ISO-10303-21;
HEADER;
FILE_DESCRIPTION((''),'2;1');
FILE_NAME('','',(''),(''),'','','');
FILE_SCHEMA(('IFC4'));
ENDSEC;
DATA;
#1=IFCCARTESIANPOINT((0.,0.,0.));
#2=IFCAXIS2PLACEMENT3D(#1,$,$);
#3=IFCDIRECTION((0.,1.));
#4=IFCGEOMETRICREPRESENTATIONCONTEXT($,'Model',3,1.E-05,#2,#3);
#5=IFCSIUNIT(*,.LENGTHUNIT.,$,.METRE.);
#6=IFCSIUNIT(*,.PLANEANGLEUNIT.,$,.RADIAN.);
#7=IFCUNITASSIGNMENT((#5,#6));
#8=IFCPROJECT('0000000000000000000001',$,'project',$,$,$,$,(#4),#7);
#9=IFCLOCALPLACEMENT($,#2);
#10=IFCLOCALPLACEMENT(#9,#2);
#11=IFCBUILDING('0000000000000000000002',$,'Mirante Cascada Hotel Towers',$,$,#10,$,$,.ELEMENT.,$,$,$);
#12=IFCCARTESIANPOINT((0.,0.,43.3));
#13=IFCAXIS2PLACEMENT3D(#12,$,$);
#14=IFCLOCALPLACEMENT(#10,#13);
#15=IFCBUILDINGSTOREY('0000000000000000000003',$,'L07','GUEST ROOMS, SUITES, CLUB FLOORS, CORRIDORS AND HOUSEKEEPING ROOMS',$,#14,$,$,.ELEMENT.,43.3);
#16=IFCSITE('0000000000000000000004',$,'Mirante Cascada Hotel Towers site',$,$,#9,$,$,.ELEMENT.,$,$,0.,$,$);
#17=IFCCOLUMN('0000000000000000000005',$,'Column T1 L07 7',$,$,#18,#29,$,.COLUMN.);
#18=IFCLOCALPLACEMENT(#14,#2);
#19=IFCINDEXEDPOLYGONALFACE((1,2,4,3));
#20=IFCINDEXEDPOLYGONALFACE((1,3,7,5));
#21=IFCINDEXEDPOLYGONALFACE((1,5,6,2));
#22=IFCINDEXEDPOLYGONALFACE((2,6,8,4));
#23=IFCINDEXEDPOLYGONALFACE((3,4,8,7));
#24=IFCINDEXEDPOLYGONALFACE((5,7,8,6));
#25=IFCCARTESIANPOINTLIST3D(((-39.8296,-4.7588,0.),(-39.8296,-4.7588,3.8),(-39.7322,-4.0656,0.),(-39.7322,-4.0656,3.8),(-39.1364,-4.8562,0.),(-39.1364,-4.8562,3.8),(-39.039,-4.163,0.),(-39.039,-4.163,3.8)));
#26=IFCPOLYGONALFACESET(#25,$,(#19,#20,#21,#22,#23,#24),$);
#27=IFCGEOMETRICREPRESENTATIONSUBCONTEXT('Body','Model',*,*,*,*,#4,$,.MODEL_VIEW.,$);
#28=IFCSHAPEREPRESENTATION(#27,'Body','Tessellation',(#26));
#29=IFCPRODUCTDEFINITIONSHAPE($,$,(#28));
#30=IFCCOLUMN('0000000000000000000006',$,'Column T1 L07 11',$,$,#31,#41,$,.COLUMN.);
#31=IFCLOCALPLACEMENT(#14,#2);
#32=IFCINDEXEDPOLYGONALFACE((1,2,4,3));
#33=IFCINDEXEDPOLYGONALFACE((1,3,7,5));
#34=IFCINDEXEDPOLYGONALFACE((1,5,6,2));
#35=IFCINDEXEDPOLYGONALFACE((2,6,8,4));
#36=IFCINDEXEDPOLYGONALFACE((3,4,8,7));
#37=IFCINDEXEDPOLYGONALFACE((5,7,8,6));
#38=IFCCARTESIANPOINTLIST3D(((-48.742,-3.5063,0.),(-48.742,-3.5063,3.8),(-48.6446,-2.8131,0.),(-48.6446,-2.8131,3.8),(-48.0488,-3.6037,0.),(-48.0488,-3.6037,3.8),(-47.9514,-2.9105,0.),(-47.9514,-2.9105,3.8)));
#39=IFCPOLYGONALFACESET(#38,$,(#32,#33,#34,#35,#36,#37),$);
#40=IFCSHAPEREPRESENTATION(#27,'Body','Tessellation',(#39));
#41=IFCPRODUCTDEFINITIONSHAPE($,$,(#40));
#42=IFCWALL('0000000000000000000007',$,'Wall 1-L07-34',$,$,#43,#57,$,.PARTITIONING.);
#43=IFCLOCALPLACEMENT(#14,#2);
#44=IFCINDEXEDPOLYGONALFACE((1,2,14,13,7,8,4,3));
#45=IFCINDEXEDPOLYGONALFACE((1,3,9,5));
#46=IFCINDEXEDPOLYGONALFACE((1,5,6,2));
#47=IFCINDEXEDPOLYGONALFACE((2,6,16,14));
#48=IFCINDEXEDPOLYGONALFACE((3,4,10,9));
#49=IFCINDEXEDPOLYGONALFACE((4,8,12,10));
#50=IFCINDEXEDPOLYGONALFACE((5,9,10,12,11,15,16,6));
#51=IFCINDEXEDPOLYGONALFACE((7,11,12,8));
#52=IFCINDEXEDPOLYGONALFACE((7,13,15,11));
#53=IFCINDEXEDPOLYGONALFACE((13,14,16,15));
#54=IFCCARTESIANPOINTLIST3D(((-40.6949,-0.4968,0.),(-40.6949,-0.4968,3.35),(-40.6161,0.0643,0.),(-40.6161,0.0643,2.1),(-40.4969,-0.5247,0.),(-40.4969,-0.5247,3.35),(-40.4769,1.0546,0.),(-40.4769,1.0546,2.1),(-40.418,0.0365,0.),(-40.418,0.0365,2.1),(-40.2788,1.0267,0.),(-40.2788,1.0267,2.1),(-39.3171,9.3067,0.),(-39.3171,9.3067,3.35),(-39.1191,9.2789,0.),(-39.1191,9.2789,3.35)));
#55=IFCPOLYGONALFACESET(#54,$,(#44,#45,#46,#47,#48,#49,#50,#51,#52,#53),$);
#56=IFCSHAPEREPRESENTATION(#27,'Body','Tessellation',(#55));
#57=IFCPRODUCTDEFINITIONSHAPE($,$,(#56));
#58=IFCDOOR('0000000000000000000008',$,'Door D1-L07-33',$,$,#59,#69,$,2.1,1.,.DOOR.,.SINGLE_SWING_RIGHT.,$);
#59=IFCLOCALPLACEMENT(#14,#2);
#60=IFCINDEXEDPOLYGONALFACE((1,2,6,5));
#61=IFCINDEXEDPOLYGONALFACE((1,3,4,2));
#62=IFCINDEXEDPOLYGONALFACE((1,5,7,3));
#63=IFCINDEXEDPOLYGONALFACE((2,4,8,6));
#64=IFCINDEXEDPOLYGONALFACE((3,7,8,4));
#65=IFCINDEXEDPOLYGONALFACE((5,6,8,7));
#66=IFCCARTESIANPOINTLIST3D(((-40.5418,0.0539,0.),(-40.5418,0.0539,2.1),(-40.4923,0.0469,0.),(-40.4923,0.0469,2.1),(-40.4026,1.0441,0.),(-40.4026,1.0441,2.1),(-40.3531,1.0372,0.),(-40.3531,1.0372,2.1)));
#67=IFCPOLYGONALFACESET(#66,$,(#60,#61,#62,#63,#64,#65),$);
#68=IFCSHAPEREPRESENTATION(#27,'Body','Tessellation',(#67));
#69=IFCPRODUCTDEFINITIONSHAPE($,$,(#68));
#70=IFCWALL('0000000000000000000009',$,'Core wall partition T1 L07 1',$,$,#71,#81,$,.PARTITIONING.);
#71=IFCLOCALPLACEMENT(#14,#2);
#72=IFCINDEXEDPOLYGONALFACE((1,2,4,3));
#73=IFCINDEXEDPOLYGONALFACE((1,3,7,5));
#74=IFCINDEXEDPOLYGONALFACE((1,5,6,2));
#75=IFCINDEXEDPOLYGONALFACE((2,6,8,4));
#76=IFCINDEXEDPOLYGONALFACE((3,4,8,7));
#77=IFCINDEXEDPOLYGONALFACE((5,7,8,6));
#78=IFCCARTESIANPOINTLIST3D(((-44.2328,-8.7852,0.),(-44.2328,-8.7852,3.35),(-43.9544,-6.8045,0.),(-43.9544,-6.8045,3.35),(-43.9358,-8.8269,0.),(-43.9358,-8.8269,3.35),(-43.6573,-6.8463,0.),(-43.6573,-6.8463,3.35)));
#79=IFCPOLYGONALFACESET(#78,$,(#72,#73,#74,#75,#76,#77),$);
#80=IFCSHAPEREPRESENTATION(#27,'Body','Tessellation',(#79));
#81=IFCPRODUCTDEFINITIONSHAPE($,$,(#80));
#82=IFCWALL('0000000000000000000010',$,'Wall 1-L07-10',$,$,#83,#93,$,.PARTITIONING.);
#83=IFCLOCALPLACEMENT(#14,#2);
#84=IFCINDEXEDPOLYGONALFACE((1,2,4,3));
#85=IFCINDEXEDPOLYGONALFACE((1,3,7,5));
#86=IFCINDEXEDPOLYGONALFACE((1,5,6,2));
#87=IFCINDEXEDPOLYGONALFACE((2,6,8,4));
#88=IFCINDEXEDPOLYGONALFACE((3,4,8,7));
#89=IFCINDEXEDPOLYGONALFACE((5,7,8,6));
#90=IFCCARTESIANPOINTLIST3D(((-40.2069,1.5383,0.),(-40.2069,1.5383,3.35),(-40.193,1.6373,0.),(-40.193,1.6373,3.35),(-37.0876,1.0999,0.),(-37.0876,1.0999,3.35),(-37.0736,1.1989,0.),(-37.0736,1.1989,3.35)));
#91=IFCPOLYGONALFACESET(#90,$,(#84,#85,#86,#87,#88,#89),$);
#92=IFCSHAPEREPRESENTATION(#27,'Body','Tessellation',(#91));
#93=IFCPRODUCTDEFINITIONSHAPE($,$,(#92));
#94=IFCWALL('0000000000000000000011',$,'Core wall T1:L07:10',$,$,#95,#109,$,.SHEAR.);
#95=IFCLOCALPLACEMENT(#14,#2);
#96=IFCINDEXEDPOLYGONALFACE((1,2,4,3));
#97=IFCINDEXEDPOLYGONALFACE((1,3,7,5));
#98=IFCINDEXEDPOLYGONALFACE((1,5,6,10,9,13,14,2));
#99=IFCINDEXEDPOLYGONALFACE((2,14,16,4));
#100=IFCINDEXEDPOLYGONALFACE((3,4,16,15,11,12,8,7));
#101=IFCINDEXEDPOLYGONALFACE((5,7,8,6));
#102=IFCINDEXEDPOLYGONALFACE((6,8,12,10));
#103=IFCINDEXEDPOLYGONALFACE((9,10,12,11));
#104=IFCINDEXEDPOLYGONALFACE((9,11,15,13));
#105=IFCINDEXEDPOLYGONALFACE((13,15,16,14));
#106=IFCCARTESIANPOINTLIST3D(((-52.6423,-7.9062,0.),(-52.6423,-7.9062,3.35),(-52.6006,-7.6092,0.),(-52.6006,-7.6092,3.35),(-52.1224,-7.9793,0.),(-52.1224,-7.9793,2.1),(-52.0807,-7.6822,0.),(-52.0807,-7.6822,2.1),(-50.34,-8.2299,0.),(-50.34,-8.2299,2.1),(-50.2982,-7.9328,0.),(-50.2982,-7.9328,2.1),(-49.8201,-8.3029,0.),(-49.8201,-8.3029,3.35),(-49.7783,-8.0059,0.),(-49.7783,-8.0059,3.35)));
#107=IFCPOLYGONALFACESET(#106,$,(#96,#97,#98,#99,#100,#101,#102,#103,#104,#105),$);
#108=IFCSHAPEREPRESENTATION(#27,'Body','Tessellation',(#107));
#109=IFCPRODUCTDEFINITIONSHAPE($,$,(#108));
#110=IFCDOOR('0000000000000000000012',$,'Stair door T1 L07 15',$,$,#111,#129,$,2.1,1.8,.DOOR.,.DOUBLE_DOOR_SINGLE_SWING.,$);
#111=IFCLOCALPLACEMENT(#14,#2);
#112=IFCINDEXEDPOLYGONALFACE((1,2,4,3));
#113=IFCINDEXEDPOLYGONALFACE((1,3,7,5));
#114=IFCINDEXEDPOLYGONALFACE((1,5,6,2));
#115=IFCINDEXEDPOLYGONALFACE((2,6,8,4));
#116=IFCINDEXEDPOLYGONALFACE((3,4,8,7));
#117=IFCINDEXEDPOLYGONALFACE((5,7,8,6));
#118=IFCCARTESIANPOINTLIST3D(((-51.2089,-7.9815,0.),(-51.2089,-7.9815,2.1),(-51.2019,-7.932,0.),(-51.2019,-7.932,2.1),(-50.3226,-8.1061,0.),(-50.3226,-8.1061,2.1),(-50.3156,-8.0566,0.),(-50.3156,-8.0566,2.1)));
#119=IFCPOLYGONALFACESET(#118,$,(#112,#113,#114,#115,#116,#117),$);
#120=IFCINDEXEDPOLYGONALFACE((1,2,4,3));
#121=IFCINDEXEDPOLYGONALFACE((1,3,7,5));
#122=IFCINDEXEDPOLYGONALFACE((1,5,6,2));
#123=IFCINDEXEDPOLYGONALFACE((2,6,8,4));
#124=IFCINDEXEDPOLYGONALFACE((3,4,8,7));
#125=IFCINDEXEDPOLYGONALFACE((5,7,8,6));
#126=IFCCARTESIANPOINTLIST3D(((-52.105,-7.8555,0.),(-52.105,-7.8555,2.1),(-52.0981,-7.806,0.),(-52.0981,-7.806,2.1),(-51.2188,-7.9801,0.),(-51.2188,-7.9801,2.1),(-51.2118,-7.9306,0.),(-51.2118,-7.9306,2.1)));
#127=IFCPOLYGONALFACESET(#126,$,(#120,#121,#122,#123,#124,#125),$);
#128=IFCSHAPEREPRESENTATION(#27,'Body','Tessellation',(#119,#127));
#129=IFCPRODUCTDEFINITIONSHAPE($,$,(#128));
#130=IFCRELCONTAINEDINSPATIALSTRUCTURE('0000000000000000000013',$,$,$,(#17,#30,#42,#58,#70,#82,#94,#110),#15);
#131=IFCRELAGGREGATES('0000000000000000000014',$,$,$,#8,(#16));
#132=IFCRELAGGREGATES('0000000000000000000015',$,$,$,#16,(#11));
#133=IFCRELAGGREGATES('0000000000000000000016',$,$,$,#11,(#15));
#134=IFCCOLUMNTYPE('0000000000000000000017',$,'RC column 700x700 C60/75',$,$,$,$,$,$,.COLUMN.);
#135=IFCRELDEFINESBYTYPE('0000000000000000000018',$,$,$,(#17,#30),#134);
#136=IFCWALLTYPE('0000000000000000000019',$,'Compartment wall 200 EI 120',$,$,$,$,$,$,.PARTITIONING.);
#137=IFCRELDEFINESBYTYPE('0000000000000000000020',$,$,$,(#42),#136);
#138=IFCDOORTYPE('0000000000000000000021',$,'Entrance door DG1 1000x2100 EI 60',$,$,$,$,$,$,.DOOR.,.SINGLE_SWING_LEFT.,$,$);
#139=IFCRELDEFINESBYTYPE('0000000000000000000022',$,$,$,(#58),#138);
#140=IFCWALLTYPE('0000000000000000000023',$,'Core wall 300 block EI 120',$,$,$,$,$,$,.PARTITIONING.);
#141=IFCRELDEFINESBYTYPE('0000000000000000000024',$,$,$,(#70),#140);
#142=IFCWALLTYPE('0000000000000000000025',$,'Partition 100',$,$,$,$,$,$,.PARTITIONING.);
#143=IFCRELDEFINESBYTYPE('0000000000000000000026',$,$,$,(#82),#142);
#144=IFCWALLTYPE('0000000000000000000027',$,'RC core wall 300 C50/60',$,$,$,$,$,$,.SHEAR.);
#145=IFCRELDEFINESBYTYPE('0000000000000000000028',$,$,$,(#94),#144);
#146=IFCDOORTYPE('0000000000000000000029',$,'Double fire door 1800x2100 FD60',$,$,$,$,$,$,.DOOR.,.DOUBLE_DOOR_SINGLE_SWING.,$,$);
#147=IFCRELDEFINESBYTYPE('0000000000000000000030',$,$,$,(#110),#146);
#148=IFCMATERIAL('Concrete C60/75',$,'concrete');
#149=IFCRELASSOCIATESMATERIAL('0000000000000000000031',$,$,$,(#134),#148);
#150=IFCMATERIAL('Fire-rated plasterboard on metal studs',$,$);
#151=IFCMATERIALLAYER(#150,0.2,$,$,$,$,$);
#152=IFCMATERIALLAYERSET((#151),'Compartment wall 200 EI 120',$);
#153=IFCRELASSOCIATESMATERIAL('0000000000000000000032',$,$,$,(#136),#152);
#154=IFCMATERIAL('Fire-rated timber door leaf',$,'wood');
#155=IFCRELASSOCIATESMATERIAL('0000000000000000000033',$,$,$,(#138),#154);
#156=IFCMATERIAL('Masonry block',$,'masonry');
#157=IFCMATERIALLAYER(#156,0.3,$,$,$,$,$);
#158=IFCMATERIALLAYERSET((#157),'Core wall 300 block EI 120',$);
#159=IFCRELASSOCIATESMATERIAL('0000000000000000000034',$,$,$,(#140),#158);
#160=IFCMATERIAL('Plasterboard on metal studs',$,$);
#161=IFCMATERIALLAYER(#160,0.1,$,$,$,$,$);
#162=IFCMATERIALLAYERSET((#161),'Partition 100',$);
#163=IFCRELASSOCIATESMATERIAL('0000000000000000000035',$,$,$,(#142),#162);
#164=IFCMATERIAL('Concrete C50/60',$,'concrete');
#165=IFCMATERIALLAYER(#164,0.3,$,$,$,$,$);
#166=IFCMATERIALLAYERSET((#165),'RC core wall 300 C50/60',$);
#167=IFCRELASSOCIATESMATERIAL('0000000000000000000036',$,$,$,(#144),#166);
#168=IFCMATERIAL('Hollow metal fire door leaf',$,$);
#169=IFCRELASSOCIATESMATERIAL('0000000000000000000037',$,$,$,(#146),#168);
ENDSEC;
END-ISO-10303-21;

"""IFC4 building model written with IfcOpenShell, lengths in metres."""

from ifc_helpers import new_model, si_unit, direction, frame, frame_2d, origin, origin_2d, place, context, subcontext, project, spatial, rectangle, extrude, material, layer, layer_set, material_profile, profile_set, type_object, element, fill, save


model = new_model("IFC4")

# Units and contexts
model_context = context("Model", 3, precision=1e-05, world=origin(), true_north=direction((0.0, 1.0)))
body_context = subcontext(model_context, "Body", "Model", "MODEL_VIEW")
ifc_project = project(units=[si_unit("LENGTHUNIT", "METRE"), si_unit("PLANEANGLEUNIT", "RADIAN")], contexts=[model_context])

# Site, building, storey
site_placement = place(None, origin())
site = spatial("IfcSite", under=ifc_project, at=site_placement, Name="Mirante Cascada Hotel Towers site", CompositionType="ELEMENT", RefElevation=0.0)
building_placement = place(site_placement, origin())
building = spatial("IfcBuilding", under=site, at=building_placement, Name="Mirante Cascada Hotel Towers", CompositionType="ELEMENT")
storey_placement = place(building_placement, frame((0.0, 0.0, 43.3)))
storey = spatial("IfcBuildingStorey", under=building, at=storey_placement, Name="L07", Description="GUEST ROOMS, SUITES, CLUB FLOORS, CORRIDORS AND HOUSEKEEPING ROOMS", CompositionType="ELEMENT", Elevation=43.3)

# Columns
ifc_material_1 = material(Name="Concrete C60/75", Category="concrete")
ifc_material_profile = material_profile(ifc_material_1, rectangle(XDim=0.7, YDim=0.7, at=origin_2d()), Name="RC column 700x700 C60/75")
ifc_profile_set = profile_set([ifc_material_profile], Name="Concrete C60/75")
column_type = type_object("IfcColumnType", Name="RC column 700x700 C60/75", PredefinedType="COLUMN", material=ifc_profile_set)
for number, where, z_axis, x_axis, name in (
    (1, (-39.4343, -4.4609, 0.0), (0.0, 0.0, 1.0), (-0.990268, 0.139173, 0.0), "Column T1 L07 7"),
    (2, (-48.3467, -3.2084, 0.0), (0.0, 0.0, 1.0), (-0.990268, 0.139173, 0.0), "Column T1 L07 11"),
):
    element("IfcColumn", number, at=place(storey_placement, frame(where, z_axis=z_axis, x_axis=x_axis)), inside=storey, type_object=column_type, Name=name, PredefinedType="COLUMN", context=body_context, shape_type="SweptSolid", body=[
        extrude(rectangle(XDim=0.7, YDim=0.7, at=origin_2d()), origin(), (0.0, 0.0, 1.0), 3.8),
    ])

# Wall, opening, door
ifc_material_2 = material(Name="Fire-rated plasterboard on metal studs")
ifc_layer_1 = layer(ifc_material_2, 0.2)
ifc_layer_set_1 = layer_set([ifc_layer_1], Name="Compartment wall 200 EI 120")
wall_type_1 = type_object("IfcWallType", Name="Compartment wall 200 EI 120", PredefinedType="PARTITIONING", material=ifc_layer_set_1)
wall_1_placement = place(storey_placement, frame((-40.5959, -0.5108, 0.0), z_axis=(0.0, 0.0, 1.0), x_axis=(0.139173, 0.990268, 0.0)))
wall_1 = element("IfcWall", 3, at=wall_1_placement, inside=storey, type_object=wall_type_1, Name="Wall 1-L07-34", PredefinedType="PARTITIONING", context=body_context, shape_type="SweptSolid", body=[
    extrude(rectangle(XDim=9.8999, YDim=0.2, at=frame_2d((4.95, 0.0))), origin(), (0.0, 0.0, 1.0), 3.35),
])
opening_1_placement = place(wall_1_placement, frame((0.5667, 0.0, 0.0)))
opening_1 = element("IfcOpeningElement", 4, at=opening_1_placement, cuts=wall_1, PredefinedType="OPENING", context=body_context, shape_type="SweptSolid", body=[
    extrude(rectangle(XDim=1.0, YDim=2.1, at=frame_2d((0.5, 1.05))), frame((0.0, 0.1, 0.0), z_axis=(0.0, -1.0, 0.0), x_axis=(1.0, 0.0, 0.0)), (0.0, 0.0, 1.0), 0.2),
])
ifc_material_3 = material(Name="Fire-rated timber door leaf", Category="wood")
door_type_1 = type_object("IfcDoorType", Name="Entrance door DG1 1000x2100 EI 60", OperationType="SINGLE_SWING_LEFT", PredefinedType="DOOR", material=ifc_material_3)
door_1_placement = place(opening_1_placement, frame((1.0, 0.0, 0.0), z_axis=(0.0, 0.0, 1.0), x_axis=(-1.0, 0.0, 0.0)))
door_1 = element("IfcDoor", 5, at=door_1_placement, inside=storey, type_object=door_type_1, Name="Door D1-L07-33", OperationType="SINGLE_SWING_RIGHT", OverallHeight=2.1, OverallWidth=1.0, PredefinedType="DOOR", context=body_context, shape_type="SweptSolid", body=[
    extrude(rectangle(XDim=1.0, YDim=2.1, at=frame_2d((0.5, 1.05))), frame((0.0, 0.025, 0.0), z_axis=(0.0, -1.0, 0.0), x_axis=(1.0, 0.0, 0.0)), (0.0, 0.0, 1.0), 0.05),
])
fill(opening_1, door_1)

# Walls
ifc_material_4 = material(Name="Masonry block", Category="masonry")
ifc_layer_2 = layer(ifc_material_4, 0.3)
ifc_layer_set_2 = layer_set([ifc_layer_2], Name="Core wall 300 block EI 120")
wall_type_2 = type_object("IfcWallType", Name="Core wall 300 block EI 120", PredefinedType="PARTITIONING", material=ifc_layer_set_2)
wall_2_placement = place(storey_placement, frame((-44.0843, -8.8061, 0.0), z_axis=(0.0, 0.0, 1.0), x_axis=(0.139195, 0.990265, 0.0)))
element("IfcWall", 6, at=wall_2_placement, inside=storey, type_object=wall_type_2, Name="Core wall partition T1 L07 1", PredefinedType="PARTITIONING", context=body_context, shape_type="SweptSolid", body=[
    extrude(rectangle(XDim=2.0001, YDim=0.3, at=frame_2d((1.0001, 0.0))), origin(), (0.0, 0.0, 1.0), 3.35),
])
ifc_material_5 = material(Name="Plasterboard on metal studs")
ifc_layer_3 = layer(ifc_material_5, 0.1)
ifc_layer_set_3 = layer_set([ifc_layer_3], Name="Partition 100")
wall_type_3 = type_object("IfcWallType", Name="Partition 100", PredefinedType="PARTITIONING", material=ifc_layer_set_3)
wall_3_placement = place(storey_placement, frame((-37.0806, 1.1494, 0.0), z_axis=(0.0, 0.0, 1.0), x_axis=(-0.990268, 0.139177, 0.0)))
element("IfcWall", 7, at=wall_3_placement, inside=storey, type_object=wall_type_3, Name="Wall 1-L07-10", PredefinedType="PARTITIONING", context=body_context, shape_type="SweptSolid", body=[
    extrude(rectangle(XDim=3.15, YDim=0.1, at=frame_2d((1.575, 0.0))), origin(), (0.0, 0.0, 1.0), 3.35),
])

# Wall, opening, door
ifc_material_6 = material(Name="Concrete C50/60", Category="concrete")
ifc_layer_4 = layer(ifc_material_6, 0.3)
ifc_layer_set_4 = layer_set([ifc_layer_4], Name="RC core wall 300 C50/60")
wall_type_4 = type_object("IfcWallType", Name="RC core wall 300 C50/60", PredefinedType="SHEAR", material=ifc_layer_set_4)
wall_4_placement = place(storey_placement, frame((-49.7992, -8.1544, 0.0), z_axis=(0.0, 0.0, 1.0), x_axis=(-0.990266, 0.139191, 0.0)))
wall_4 = element("IfcWall", 8, at=wall_4_placement, inside=storey, type_object=wall_type_4, Name="Core wall T1:L07:10", PredefinedType="SHEAR", context=body_context, shape_type="SweptSolid", body=[
    extrude(rectangle(XDim=2.85, YDim=0.3, at=frame_2d((1.425, 0.0))), origin(), (0.0, 0.0, 1.0), 3.35),
])
opening_2_placement = place(wall_4_placement, frame((0.525, 0.0, 0.0)))
opening_2 = element("IfcOpeningElement", 9, at=opening_2_placement, cuts=wall_4, PredefinedType="OPENING", context=body_context, shape_type="SweptSolid", body=[
    extrude(rectangle(XDim=1.8, YDim=2.1, at=frame_2d((0.9, 1.05))), frame((0.0, 0.15, 0.0), z_axis=(0.0, -1.0, 0.0), x_axis=(1.0, 0.0, 0.0)), (0.0, 0.0, 1.0), 0.3),
])
ifc_material_7 = material(Name="Hollow metal fire door leaf")
door_type_2 = type_object("IfcDoorType", Name="Double fire door 1800x2100 FD60", OperationType="DOUBLE_DOOR_SINGLE_SWING", PredefinedType="DOOR", material=ifc_material_7)
door_2_placement = place(opening_2_placement, origin())
door_2 = element("IfcDoor", 10, at=door_2_placement, inside=storey, type_object=door_type_2, Name="Stair door T1 L07 15", OperationType="DOUBLE_DOOR_SINGLE_SWING", OverallHeight=2.1, OverallWidth=1.8, PredefinedType="DOOR", context=body_context, shape_type="SweptSolid", body=[
    extrude(rectangle(XDim=0.895, YDim=2.1, at=frame_2d((0.4475, 1.05))), frame((0.0, 0.025, 0.0), z_axis=(0.0, -1.0, 0.0), x_axis=(1.0, 0.0, 0.0)), (0.0, 0.0, 1.0), 0.05),
    extrude(rectangle(XDim=0.895, YDim=2.1, at=frame_2d((1.3525, 1.05))), frame((0.0, 0.025, 0.0), z_axis=(0.0, -1.0, 0.0), x_axis=(1.0, 0.0, 0.0)), (0.0, 0.0, 1.0), 0.05),
])
fill(opening_2, door_2)

save(model, "model.ifc")
